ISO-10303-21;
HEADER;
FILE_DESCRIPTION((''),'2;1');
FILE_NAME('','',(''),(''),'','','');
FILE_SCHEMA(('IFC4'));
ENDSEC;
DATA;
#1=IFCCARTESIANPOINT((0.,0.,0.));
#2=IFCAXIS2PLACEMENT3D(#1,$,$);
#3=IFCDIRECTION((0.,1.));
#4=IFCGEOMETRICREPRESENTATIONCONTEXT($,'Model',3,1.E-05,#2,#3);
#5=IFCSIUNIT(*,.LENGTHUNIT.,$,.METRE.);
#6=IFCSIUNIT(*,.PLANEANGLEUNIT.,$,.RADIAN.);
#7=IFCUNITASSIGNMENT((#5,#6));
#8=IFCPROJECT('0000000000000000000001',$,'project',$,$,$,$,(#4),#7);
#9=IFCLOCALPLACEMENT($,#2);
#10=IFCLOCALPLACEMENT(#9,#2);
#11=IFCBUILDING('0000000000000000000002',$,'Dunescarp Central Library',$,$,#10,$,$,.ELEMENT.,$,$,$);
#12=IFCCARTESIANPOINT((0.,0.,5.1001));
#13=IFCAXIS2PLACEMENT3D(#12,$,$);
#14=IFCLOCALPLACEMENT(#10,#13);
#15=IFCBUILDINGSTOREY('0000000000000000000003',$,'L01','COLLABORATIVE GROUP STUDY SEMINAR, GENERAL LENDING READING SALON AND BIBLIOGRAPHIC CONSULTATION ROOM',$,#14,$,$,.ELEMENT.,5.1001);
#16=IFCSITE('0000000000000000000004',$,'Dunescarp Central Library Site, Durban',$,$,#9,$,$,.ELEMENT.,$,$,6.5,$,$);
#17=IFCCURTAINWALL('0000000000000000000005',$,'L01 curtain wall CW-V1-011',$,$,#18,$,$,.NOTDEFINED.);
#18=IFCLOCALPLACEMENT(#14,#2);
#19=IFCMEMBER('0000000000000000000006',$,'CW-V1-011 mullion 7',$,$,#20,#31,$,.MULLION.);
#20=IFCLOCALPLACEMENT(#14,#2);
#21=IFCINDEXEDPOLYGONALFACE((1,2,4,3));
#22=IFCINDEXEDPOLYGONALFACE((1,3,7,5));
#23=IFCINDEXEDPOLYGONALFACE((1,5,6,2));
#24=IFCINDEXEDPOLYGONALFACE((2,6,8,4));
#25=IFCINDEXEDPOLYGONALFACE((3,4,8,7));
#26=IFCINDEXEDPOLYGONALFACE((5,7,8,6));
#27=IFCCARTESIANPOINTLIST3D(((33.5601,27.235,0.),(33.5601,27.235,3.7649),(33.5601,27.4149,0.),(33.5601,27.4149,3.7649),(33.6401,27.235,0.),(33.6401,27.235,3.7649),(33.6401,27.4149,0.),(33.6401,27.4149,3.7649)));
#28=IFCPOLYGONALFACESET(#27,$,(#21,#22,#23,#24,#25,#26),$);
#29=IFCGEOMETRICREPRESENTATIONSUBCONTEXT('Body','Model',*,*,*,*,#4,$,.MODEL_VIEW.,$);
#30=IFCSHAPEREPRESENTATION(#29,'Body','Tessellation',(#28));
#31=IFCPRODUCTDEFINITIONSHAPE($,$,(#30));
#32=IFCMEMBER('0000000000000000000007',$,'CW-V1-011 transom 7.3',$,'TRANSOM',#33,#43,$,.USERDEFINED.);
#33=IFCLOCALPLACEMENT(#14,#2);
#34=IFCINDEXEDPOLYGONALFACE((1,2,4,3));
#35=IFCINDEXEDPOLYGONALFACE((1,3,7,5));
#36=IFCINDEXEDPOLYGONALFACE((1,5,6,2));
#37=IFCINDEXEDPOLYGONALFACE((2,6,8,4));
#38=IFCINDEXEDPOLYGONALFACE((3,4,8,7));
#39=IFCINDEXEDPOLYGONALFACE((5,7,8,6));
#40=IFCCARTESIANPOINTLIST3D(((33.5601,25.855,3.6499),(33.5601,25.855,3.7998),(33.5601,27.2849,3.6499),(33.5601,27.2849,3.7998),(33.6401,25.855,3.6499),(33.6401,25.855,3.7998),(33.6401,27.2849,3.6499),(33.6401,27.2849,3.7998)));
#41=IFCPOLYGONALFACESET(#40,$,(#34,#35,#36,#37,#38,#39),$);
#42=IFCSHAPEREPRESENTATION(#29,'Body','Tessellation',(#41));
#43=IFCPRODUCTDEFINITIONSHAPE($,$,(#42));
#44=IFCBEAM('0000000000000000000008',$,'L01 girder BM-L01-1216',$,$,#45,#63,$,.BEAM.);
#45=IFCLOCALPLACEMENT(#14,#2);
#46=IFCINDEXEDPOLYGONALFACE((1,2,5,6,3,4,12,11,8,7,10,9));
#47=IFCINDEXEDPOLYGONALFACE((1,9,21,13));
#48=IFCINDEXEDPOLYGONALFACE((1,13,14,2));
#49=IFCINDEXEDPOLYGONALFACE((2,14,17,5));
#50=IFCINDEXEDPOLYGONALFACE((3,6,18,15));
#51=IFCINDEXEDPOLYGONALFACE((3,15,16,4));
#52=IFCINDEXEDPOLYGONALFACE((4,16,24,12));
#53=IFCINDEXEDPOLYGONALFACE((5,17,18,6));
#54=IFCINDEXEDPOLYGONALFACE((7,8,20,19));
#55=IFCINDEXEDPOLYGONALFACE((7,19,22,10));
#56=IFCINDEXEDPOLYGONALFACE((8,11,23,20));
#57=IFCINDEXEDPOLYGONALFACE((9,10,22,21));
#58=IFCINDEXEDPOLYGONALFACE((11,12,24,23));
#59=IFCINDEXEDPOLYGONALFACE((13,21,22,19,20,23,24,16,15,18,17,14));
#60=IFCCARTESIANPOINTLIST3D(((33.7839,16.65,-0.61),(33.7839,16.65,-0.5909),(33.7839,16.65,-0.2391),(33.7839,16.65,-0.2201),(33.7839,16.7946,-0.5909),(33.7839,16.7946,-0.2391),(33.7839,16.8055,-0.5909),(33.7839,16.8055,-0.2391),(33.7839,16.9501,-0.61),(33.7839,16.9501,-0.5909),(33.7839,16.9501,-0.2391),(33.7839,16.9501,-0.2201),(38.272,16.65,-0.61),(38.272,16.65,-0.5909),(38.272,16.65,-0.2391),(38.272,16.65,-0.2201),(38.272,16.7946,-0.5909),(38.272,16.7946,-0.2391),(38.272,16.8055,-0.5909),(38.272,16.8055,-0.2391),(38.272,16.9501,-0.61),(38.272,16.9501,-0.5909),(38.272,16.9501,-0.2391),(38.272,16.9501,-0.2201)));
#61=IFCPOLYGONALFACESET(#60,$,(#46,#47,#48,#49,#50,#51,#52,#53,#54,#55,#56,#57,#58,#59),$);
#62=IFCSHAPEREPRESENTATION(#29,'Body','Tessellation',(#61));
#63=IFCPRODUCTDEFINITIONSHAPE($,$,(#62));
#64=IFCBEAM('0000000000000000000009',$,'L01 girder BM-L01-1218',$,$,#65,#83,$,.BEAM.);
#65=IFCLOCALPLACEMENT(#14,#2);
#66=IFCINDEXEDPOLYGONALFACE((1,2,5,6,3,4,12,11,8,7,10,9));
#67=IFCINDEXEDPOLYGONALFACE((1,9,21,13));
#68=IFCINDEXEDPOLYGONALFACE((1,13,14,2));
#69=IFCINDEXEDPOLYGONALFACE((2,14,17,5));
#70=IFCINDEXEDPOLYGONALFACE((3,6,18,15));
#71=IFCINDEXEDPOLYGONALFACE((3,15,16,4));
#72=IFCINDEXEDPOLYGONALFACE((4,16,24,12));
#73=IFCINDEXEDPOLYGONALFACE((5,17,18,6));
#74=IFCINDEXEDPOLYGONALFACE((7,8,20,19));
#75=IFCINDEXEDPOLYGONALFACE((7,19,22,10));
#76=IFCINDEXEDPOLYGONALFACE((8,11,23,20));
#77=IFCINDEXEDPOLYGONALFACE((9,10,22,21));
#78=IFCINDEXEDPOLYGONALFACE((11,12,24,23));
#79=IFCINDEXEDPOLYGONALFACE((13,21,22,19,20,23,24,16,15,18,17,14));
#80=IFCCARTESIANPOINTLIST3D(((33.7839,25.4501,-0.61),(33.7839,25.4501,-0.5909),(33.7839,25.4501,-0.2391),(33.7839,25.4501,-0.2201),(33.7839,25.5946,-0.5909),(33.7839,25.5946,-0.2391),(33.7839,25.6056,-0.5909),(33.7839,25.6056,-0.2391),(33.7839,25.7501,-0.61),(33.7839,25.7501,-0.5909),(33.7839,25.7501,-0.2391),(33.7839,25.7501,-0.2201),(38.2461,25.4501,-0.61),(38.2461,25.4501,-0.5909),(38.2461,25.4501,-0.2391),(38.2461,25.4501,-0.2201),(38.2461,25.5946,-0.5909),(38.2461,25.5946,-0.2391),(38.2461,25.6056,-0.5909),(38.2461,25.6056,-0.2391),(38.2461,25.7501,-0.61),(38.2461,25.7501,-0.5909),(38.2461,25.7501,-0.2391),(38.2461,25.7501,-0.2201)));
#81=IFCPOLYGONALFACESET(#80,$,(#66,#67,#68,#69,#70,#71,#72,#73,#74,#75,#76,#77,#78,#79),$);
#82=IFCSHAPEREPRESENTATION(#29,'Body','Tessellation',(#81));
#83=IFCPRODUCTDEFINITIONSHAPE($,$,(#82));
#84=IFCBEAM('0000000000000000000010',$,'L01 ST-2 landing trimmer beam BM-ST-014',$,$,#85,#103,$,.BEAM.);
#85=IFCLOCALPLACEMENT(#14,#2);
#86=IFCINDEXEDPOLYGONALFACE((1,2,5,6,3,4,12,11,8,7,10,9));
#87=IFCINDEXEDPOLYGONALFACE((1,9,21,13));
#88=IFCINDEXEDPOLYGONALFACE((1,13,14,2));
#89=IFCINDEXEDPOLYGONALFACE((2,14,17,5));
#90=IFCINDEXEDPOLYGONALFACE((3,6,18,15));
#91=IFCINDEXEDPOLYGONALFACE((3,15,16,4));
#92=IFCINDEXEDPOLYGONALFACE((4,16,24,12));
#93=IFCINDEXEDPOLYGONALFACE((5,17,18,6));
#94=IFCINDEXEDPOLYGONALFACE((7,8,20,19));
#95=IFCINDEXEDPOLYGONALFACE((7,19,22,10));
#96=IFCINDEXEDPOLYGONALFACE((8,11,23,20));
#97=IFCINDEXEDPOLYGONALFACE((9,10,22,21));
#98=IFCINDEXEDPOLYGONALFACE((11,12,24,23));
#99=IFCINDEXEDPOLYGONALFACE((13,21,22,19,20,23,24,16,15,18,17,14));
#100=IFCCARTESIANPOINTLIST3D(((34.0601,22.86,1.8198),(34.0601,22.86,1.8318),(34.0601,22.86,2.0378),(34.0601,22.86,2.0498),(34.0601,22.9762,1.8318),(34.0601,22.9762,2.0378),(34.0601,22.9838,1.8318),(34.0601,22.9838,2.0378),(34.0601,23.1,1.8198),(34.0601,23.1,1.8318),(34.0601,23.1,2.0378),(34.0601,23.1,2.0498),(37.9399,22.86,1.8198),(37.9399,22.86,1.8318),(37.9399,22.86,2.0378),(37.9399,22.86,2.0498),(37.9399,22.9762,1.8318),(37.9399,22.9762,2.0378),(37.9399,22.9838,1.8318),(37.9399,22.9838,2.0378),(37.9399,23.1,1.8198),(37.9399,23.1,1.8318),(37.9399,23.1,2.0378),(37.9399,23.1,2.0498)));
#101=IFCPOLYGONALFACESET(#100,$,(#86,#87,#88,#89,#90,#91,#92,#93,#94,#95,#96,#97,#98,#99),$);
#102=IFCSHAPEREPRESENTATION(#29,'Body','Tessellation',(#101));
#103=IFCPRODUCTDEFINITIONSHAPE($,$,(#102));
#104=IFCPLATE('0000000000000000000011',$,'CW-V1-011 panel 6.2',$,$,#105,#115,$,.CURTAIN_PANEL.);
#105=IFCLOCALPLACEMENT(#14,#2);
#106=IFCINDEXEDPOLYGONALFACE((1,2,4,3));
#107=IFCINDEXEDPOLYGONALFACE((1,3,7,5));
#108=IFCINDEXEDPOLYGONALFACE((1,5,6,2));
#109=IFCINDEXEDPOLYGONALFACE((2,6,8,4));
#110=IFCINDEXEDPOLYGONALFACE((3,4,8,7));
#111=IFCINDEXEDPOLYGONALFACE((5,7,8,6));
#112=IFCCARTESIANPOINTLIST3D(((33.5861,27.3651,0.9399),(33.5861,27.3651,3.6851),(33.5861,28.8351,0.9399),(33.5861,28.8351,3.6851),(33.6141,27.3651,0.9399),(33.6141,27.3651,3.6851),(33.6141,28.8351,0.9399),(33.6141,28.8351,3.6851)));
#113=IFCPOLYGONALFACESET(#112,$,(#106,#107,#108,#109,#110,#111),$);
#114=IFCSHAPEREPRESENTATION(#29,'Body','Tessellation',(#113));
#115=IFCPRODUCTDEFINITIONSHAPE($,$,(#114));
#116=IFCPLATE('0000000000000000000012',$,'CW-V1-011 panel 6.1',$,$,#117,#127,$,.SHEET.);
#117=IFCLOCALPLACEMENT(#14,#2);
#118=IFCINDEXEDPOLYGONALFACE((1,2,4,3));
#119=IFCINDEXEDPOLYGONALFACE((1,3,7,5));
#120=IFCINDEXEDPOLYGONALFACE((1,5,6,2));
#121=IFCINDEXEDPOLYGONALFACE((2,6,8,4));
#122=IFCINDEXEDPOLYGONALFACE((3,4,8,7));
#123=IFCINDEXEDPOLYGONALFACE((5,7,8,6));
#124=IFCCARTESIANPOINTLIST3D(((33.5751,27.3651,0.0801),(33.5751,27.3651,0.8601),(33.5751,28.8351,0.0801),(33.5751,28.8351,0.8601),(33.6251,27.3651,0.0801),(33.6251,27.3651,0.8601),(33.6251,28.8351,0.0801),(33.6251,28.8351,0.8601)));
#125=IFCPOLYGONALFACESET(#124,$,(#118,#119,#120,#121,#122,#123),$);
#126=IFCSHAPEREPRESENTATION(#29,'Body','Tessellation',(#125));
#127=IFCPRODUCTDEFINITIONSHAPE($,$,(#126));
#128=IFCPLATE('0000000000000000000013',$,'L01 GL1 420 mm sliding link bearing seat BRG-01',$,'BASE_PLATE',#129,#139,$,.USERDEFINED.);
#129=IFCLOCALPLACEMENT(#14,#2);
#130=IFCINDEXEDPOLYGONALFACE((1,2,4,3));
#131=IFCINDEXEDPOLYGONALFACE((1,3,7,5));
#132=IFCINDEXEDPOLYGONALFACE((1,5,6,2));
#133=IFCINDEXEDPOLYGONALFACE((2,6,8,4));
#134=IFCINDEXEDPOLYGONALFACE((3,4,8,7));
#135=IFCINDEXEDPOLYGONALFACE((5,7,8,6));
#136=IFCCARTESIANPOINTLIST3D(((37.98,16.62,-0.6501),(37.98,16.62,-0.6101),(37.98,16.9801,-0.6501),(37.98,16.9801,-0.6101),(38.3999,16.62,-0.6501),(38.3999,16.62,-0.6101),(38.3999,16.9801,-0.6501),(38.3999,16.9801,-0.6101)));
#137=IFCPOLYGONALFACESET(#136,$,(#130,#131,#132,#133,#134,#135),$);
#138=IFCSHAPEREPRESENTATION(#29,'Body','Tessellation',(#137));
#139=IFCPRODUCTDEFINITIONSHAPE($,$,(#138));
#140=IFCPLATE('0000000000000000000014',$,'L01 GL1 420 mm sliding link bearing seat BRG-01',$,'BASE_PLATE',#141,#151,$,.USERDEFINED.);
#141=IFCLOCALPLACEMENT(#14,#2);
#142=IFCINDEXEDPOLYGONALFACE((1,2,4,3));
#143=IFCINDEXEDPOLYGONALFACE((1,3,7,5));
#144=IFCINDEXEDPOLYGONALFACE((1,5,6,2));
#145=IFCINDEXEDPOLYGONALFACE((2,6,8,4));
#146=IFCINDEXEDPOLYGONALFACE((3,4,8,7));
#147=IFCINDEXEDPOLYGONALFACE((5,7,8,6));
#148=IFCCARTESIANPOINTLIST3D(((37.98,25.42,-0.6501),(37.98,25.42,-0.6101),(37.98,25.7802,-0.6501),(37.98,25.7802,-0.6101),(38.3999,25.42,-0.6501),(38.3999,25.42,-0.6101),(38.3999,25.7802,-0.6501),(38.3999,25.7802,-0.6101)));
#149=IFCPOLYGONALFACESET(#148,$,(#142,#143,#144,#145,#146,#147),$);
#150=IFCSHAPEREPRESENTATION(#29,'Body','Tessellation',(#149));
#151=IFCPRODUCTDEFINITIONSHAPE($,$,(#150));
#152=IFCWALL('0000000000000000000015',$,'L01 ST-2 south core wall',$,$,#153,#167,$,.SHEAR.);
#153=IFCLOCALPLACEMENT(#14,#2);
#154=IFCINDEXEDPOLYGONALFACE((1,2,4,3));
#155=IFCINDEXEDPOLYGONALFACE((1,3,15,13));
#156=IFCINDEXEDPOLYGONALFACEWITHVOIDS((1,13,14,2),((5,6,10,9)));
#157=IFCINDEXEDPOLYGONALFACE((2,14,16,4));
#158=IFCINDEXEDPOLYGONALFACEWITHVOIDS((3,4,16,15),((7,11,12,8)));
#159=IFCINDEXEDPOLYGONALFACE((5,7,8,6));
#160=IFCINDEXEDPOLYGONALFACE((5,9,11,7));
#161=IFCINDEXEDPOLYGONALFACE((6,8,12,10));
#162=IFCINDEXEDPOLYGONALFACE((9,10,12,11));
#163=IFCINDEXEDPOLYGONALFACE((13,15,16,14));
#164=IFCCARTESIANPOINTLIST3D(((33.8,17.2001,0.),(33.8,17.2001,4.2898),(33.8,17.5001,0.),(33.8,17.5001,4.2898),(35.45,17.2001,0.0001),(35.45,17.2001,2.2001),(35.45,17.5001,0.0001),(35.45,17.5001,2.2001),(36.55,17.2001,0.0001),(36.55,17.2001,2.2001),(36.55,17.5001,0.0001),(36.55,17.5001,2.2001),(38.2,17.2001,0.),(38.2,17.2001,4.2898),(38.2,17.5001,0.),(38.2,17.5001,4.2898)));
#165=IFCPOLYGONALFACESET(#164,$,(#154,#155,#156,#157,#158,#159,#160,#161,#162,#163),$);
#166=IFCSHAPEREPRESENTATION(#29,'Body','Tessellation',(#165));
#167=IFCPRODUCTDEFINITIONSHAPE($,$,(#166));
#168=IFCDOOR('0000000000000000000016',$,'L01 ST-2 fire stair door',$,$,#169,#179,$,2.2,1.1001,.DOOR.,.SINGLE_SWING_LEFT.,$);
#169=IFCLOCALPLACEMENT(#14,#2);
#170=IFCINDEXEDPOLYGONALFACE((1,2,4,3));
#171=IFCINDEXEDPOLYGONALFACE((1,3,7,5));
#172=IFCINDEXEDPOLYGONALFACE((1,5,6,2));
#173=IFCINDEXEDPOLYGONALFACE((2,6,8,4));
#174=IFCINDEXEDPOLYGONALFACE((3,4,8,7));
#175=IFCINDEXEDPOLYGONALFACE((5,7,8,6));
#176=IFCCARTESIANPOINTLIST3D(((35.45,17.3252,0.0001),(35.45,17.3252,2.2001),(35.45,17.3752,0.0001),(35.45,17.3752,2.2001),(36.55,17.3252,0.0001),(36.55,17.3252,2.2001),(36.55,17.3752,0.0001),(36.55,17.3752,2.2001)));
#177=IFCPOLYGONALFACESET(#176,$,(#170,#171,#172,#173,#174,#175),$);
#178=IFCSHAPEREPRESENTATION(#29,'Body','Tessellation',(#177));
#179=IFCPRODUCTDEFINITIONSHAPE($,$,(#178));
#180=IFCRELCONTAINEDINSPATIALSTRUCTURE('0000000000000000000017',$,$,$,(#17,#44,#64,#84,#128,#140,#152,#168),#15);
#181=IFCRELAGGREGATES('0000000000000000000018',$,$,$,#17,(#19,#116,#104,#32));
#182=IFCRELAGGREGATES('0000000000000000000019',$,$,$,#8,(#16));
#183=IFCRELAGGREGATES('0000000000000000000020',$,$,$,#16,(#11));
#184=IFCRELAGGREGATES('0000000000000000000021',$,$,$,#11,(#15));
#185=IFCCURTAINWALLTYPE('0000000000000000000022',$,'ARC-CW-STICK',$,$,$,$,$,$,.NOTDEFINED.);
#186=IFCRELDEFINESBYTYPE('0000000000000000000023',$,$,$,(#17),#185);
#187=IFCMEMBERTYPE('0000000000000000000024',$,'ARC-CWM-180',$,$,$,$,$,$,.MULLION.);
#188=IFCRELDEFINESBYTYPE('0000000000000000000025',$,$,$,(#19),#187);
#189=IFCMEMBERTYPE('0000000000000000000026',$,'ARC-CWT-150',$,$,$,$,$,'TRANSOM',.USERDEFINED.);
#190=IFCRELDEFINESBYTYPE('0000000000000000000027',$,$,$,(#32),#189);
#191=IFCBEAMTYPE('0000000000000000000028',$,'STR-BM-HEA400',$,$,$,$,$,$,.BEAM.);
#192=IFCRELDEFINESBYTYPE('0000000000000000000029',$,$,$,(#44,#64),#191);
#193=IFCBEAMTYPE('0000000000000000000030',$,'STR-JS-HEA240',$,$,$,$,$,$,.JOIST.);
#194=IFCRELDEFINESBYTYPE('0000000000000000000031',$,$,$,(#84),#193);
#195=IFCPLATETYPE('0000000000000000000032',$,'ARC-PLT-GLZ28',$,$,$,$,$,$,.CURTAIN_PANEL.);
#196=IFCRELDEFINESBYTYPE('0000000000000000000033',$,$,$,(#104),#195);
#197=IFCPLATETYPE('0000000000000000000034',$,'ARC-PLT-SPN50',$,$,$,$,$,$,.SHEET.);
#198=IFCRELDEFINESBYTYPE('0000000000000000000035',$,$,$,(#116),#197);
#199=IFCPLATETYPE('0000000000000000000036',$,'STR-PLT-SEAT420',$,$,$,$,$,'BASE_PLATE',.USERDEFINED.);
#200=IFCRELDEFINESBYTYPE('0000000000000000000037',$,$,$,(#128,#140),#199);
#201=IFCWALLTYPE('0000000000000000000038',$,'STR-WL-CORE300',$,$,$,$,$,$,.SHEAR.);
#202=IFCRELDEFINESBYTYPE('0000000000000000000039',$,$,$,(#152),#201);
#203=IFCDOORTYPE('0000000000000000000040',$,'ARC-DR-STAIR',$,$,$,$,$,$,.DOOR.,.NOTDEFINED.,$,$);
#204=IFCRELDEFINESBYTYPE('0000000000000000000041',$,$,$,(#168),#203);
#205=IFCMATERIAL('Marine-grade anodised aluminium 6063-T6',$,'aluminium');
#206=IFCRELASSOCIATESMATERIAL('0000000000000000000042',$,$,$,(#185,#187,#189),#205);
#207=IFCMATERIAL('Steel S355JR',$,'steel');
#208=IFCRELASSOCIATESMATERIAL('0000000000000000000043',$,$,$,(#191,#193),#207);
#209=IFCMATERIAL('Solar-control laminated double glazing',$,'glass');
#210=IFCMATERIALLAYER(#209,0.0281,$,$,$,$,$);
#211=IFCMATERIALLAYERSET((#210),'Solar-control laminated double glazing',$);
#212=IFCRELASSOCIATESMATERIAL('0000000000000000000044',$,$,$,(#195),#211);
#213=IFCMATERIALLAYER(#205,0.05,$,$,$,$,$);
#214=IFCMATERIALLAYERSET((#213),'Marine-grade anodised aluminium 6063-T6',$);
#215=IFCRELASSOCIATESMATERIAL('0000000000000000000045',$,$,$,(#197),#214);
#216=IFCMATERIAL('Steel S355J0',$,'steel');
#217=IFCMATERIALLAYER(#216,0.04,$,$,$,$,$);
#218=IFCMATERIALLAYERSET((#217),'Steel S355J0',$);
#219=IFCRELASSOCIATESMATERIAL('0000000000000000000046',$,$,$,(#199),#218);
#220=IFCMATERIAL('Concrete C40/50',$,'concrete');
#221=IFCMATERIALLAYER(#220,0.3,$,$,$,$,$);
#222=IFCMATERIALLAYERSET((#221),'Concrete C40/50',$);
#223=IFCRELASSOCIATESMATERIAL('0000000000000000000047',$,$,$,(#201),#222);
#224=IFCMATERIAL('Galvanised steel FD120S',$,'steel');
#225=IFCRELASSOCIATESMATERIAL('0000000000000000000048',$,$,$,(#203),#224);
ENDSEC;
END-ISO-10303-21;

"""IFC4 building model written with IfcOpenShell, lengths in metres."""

from ifc_helpers import new_model, si_unit, direction, frame, frame_2d, origin, origin_2d, place, context, subcontext, project, spatial, rectangle, i_section, extrude, material, layer, layer_set, material_profile, profile_set, type_object, element, fill, aggregate, save


model = new_model("IFC4")

# Units and contexts
model_context = context("Model", 3, precision=1e-05, world=origin(), true_north=direction((0.0, 1.0)))
body_context = subcontext(model_context, "Body", "Model", "MODEL_VIEW")
ifc_project = project(units=[si_unit("LENGTHUNIT", "METRE"), si_unit("PLANEANGLEUNIT", "RADIAN")], contexts=[model_context])

# Site, building, storey
site_placement = place(None, origin())
site = spatial("IfcSite", under=ifc_project, at=site_placement, Name="Dunescarp Central Library Site, Durban", CompositionType="ELEMENT", RefElevation=6.5)
building_placement = place(site_placement, origin())
building = spatial("IfcBuilding", under=site, at=building_placement, Name="Dunescarp Central Library", CompositionType="ELEMENT")
storey_placement = place(building_placement, frame((0.0, 0.0, 5.1001)))
storey = spatial("IfcBuildingStorey", under=building, at=storey_placement, Name="L01", Description="COLLABORATIVE GROUP STUDY SEMINAR, GENERAL LENDING READING SALON AND BIBLIOGRAPHIC CONSULTATION ROOM", CompositionType="ELEMENT", Elevation=5.1001)

# Curtain wall, members
ifc_material_1 = material(Name="Marine-grade anodised aluminium 6063-T6", Category="aluminium")
curtain_wall_type = type_object("IfcCurtainWallType", Name="ARC-CW-STICK", PredefinedType="NOTDEFINED", material=ifc_material_1)
curtain_wall_placement = place(storey_placement, origin())
curtain_wall = element("IfcCurtainWall", 1, at=curtain_wall_placement, inside=storey, type_object=curtain_wall_type, Name="L01 curtain wall CW-V1-011", PredefinedType="NOTDEFINED")
ifc_material_profile_1 = material_profile(ifc_material_1, rectangle(XDim=0.0801, YDim=0.1799, at=origin_2d()), Name="AL 80x180")
ifc_profile_set_1 = profile_set([ifc_material_profile_1], Name="Marine-grade anodised aluminium 6063-T6")
member_type_1 = type_object("IfcMemberType", Name="ARC-CWM-180", PredefinedType="MULLION", material=ifc_profile_set_1)
member_1_placement = place(storey_placement, frame((33.6001, 27.325, 0.0), z_axis=(0.0, 0.0, 1.0), x_axis=(1.0, 0.0, 0.0)))
member_1 = element("IfcMember", 2, at=member_1_placement, type_object=member_type_1, Name="CW-V1-011 mullion 7", PredefinedType="MULLION", context=body_context, shape_type="SweptSolid", body=[
    extrude(rectangle(XDim=0.0801, YDim=0.1799, at=origin_2d()), origin(), (0.0, 0.0, 1.0), 3.7649),
])
ifc_material_profile_2 = material_profile(ifc_material_1, rectangle(XDim=0.0801, YDim=0.1499, at=origin_2d()), Name="AL 80x150")
ifc_profile_set_2 = profile_set([ifc_material_profile_2], Name="Marine-grade anodised aluminium 6063-T6")
member_type_2 = type_object("IfcMemberType", Name="ARC-CWT-150", ElementType="TRANSOM", PredefinedType="USERDEFINED", material=ifc_profile_set_2)
member_2_placement = place(storey_placement, frame((33.6001, 27.2849, 3.7249), z_axis=(0.0, -1.0, 0.0), x_axis=(1.0, 0.0, 0.0)))
member_2 = element("IfcMember", 3, at=member_2_placement, type_object=member_type_2, Name="CW-V1-011 transom 7.3", ObjectType="TRANSOM", PredefinedType="USERDEFINED", context=body_context, shape_type="SweptSolid", body=[
    extrude(rectangle(XDim=0.0801, YDim=0.1499, at=origin_2d()), origin(), (0.0, 0.0, 1.0), 1.4299),
])

# Beams
ifc_material_2 = material(Name="Steel S355JR", Category="steel")
ifc_material_profile_3 = material_profile(ifc_material_2, i_section(OverallWidth=0.3, OverallDepth=0.3899, WebThickness=0.011, FlangeThickness=0.019, at=origin_2d()), Name="HEA 400")
ifc_profile_set_3 = profile_set([ifc_material_profile_3], Name="Steel S355JR")
beam_type_1 = type_object("IfcBeamType", Name="STR-BM-HEA400", PredefinedType="BEAM", material=ifc_profile_set_3)
beam_1_placement = place(storey_placement, frame((33.7839, 16.8, -0.415), z_axis=(1.0, 0.0, 0.0), x_axis=(0.0, 1.0, 0.0)))
element("IfcBeam", 4, at=beam_1_placement, inside=storey, type_object=beam_type_1, Name="L01 girder BM-L01-1216", PredefinedType="BEAM", context=body_context, shape_type="SweptSolid", body=[
    extrude(i_section(OverallWidth=0.3, OverallDepth=0.3899, WebThickness=0.011, FlangeThickness=0.019, at=origin_2d()), origin(), (0.0, 0.0, 1.0), 4.488),
])
beam_2_placement = place(storey_placement, frame((33.7839, 25.6001, -0.415), z_axis=(1.0, 0.0, 0.0), x_axis=(0.0, 1.0, 0.0)))
element("IfcBeam", 5, at=beam_2_placement, inside=storey, type_object=beam_type_1, Name="L01 girder BM-L01-1218", PredefinedType="BEAM", context=body_context, shape_type="SweptSolid", body=[
    extrude(i_section(OverallWidth=0.3, OverallDepth=0.3899, WebThickness=0.011, FlangeThickness=0.019, at=origin_2d()), origin(), (0.0, 0.0, 1.0), 4.4622),
])
ifc_material_profile_4 = material_profile(ifc_material_2, i_section(OverallWidth=0.24, OverallDepth=0.23, WebThickness=0.0076, FlangeThickness=0.012, at=origin_2d()), Name="HEA 240")
ifc_profile_set_4 = profile_set([ifc_material_profile_4], Name="Steel S355JR")
beam_type_2 = type_object("IfcBeamType", Name="STR-JS-HEA240", PredefinedType="JOIST", material=ifc_profile_set_4)
beam_3_placement = place(storey_placement, frame((34.0601, 22.98, 1.9348), z_axis=(1.0, 0.0, 0.0), x_axis=(0.0, 1.0, 0.0)))
element("IfcBeam", 6, at=beam_3_placement, inside=storey, type_object=beam_type_2, Name="L01 ST-2 landing trimmer beam BM-ST-014", PredefinedType="BEAM", context=body_context, shape_type="SweptSolid", body=[
    extrude(i_section(OverallWidth=0.24, OverallDepth=0.23, WebThickness=0.0076, FlangeThickness=0.012, at=origin_2d()), origin(), (0.0, 0.0, 1.0), 3.8799),
])

# Plates
ifc_material_3 = material(Name="Solar-control laminated double glazing", Category="glass")
ifc_layer_1 = layer(ifc_material_3, 0.0281)
ifc_layer_set_1 = layer_set([ifc_layer_1], Name="Solar-control laminated double glazing")
plate_type_1 = type_object("IfcPlateType", Name="ARC-PLT-GLZ28", PredefinedType="CURTAIN_PANEL", material=ifc_layer_set_1)
plate_1_placement = place(storey_placement, frame((33.6001, 28.1001, 0.9399), z_axis=(0.0, 0.0, 1.0), x_axis=(0.0, -1.0, 0.0)))
plate_1 = element("IfcPlate", 7, at=plate_1_placement, type_object=plate_type_1, Name="CW-V1-011 panel 6.2", PredefinedType="CURTAIN_PANEL", context=body_context, shape_type="SweptSolid", body=[
    extrude(rectangle(XDim=1.47, YDim=0.0281, at=origin_2d()), origin(), (0.0, 0.0, 1.0), 2.7451),
])
ifc_layer_2 = layer(ifc_material_1, 0.05)
ifc_layer_set_2 = layer_set([ifc_layer_2], Name="Marine-grade anodised aluminium 6063-T6")
plate_type_2 = type_object("IfcPlateType", Name="ARC-PLT-SPN50", PredefinedType="SHEET", material=ifc_layer_set_2)
plate_2_placement = place(storey_placement, frame((33.6001, 28.1001, 0.0801), z_axis=(0.0, 0.0, 1.0), x_axis=(0.0, -1.0, 0.0)))
plate_2 = element("IfcPlate", 8, at=plate_2_placement, type_object=plate_type_2, Name="CW-V1-011 panel 6.1", PredefinedType="SHEET", context=body_context, shape_type="SweptSolid", body=[
    extrude(rectangle(XDim=1.47, YDim=0.05, at=origin_2d()), origin(), (0.0, 0.0, 1.0), 0.78),
])
aggregate(curtain_wall, [member_1, plate_2, plate_1, member_2])

# Plates
ifc_material_4 = material(Name="Steel S355J0", Category="steel")
ifc_layer_3 = layer(ifc_material_4, 0.04)
ifc_layer_set_3 = layer_set([ifc_layer_3], Name="Steel S355J0")
plate_type_3 = type_object("IfcPlateType", Name="STR-PLT-SEAT420", ElementType="BASE_PLATE", PredefinedType="USERDEFINED", material=ifc_layer_set_3)
for number, where, z_axis, x_axis, name in (
    (9, (38.1899, 16.8, -0.6501), (0.0, 0.0, 1.0), (1.0, 0.0, 0.0), "L01 GL1 420 mm sliding link bearing seat BRG-01"),
    (10, (38.1899, 25.6001, -0.6501), (0.0, 0.0, 1.0), (1.0, 0.0, 0.0), "L01 GL1 420 mm sliding link bearing seat BRG-01"),
):
    element("IfcPlate", number, at=place(storey_placement, frame(where, z_axis=z_axis, x_axis=x_axis)), inside=storey, type_object=plate_type_3, Name=name, ObjectType="BASE_PLATE", PredefinedType="USERDEFINED", context=body_context, shape_type="SweptSolid", body=[
        extrude(rectangle(XDim=0.4199, YDim=0.3601, at=origin_2d()), origin(), (0.0, 0.0, 1.0), 0.04),
    ])

# Wall, opening, door
ifc_material_5 = material(Name="Concrete C40/50", Category="concrete")
ifc_layer_4 = layer(ifc_material_5, 0.3)
ifc_layer_set_4 = layer_set([ifc_layer_4], Name="Concrete C40/50")
wall_type = type_object("IfcWallType", Name="STR-WL-CORE300", PredefinedType="SHEAR", material=ifc_layer_set_4)
wall_1_placement = place(storey_placement, frame((38.2, 17.3501, 0.0), z_axis=(0.0, 0.0, 1.0), x_axis=(-1.0, 0.0, 0.0)))
wall_1 = element("IfcWall", 11, at=wall_1_placement, inside=storey, type_object=wall_type, Name="L01 ST-2 south core wall", PredefinedType="SHEAR", context=body_context, shape_type="SweptSolid", body=[
    extrude(rectangle(XDim=4.3999, YDim=0.3, at=frame_2d((2.2, 0.0))), origin(), (0.0, 0.0, 1.0), 4.2898),
])
opening_placement = place(wall_1_placement, frame((1.6499, 0.0, 0.0)))
opening = element("IfcOpeningElement", 12, at=opening_placement, cuts=wall_1, PredefinedType="OPENING", context=body_context, shape_type="SweptSolid", body=[
    extrude(rectangle(XDim=1.1001, YDim=2.2, at=frame_2d((0.55, 1.1001))), frame((0.0, 0.1602, 0.0), z_axis=(0.0, -1.0, 0.0), x_axis=(1.0, 0.0, 0.0)), (0.0, 0.0, 1.0), 0.3201),
])
ifc_material_6 = material(Name="Galvanised steel FD120S", Category="steel")
door_type = type_object("IfcDoorType", Name="ARC-DR-STAIR", OperationType="NOTDEFINED", PredefinedType="DOOR", material=ifc_material_6)
door_placement = place(opening_placement, origin())
door = element("IfcDoor", 13, at=door_placement, inside=storey, type_object=door_type, Name="L01 ST-2 fire stair door", OperationType="SINGLE_SWING_LEFT", OverallHeight=2.2, OverallWidth=1.1001, PredefinedType="DOOR", context=body_context, shape_type="SweptSolid", body=[
    extrude(rectangle(XDim=1.1001, YDim=2.2, at=frame_2d((0.55, 1.1001))), frame((0.0, 0.0249, 0.0), z_axis=(0.0, -1.0, 0.0), x_axis=(1.0, 0.0, 0.0)), (0.0, 0.0, 1.0), 0.05),
])
fill(opening, door)

save(model, "model.ifc")
